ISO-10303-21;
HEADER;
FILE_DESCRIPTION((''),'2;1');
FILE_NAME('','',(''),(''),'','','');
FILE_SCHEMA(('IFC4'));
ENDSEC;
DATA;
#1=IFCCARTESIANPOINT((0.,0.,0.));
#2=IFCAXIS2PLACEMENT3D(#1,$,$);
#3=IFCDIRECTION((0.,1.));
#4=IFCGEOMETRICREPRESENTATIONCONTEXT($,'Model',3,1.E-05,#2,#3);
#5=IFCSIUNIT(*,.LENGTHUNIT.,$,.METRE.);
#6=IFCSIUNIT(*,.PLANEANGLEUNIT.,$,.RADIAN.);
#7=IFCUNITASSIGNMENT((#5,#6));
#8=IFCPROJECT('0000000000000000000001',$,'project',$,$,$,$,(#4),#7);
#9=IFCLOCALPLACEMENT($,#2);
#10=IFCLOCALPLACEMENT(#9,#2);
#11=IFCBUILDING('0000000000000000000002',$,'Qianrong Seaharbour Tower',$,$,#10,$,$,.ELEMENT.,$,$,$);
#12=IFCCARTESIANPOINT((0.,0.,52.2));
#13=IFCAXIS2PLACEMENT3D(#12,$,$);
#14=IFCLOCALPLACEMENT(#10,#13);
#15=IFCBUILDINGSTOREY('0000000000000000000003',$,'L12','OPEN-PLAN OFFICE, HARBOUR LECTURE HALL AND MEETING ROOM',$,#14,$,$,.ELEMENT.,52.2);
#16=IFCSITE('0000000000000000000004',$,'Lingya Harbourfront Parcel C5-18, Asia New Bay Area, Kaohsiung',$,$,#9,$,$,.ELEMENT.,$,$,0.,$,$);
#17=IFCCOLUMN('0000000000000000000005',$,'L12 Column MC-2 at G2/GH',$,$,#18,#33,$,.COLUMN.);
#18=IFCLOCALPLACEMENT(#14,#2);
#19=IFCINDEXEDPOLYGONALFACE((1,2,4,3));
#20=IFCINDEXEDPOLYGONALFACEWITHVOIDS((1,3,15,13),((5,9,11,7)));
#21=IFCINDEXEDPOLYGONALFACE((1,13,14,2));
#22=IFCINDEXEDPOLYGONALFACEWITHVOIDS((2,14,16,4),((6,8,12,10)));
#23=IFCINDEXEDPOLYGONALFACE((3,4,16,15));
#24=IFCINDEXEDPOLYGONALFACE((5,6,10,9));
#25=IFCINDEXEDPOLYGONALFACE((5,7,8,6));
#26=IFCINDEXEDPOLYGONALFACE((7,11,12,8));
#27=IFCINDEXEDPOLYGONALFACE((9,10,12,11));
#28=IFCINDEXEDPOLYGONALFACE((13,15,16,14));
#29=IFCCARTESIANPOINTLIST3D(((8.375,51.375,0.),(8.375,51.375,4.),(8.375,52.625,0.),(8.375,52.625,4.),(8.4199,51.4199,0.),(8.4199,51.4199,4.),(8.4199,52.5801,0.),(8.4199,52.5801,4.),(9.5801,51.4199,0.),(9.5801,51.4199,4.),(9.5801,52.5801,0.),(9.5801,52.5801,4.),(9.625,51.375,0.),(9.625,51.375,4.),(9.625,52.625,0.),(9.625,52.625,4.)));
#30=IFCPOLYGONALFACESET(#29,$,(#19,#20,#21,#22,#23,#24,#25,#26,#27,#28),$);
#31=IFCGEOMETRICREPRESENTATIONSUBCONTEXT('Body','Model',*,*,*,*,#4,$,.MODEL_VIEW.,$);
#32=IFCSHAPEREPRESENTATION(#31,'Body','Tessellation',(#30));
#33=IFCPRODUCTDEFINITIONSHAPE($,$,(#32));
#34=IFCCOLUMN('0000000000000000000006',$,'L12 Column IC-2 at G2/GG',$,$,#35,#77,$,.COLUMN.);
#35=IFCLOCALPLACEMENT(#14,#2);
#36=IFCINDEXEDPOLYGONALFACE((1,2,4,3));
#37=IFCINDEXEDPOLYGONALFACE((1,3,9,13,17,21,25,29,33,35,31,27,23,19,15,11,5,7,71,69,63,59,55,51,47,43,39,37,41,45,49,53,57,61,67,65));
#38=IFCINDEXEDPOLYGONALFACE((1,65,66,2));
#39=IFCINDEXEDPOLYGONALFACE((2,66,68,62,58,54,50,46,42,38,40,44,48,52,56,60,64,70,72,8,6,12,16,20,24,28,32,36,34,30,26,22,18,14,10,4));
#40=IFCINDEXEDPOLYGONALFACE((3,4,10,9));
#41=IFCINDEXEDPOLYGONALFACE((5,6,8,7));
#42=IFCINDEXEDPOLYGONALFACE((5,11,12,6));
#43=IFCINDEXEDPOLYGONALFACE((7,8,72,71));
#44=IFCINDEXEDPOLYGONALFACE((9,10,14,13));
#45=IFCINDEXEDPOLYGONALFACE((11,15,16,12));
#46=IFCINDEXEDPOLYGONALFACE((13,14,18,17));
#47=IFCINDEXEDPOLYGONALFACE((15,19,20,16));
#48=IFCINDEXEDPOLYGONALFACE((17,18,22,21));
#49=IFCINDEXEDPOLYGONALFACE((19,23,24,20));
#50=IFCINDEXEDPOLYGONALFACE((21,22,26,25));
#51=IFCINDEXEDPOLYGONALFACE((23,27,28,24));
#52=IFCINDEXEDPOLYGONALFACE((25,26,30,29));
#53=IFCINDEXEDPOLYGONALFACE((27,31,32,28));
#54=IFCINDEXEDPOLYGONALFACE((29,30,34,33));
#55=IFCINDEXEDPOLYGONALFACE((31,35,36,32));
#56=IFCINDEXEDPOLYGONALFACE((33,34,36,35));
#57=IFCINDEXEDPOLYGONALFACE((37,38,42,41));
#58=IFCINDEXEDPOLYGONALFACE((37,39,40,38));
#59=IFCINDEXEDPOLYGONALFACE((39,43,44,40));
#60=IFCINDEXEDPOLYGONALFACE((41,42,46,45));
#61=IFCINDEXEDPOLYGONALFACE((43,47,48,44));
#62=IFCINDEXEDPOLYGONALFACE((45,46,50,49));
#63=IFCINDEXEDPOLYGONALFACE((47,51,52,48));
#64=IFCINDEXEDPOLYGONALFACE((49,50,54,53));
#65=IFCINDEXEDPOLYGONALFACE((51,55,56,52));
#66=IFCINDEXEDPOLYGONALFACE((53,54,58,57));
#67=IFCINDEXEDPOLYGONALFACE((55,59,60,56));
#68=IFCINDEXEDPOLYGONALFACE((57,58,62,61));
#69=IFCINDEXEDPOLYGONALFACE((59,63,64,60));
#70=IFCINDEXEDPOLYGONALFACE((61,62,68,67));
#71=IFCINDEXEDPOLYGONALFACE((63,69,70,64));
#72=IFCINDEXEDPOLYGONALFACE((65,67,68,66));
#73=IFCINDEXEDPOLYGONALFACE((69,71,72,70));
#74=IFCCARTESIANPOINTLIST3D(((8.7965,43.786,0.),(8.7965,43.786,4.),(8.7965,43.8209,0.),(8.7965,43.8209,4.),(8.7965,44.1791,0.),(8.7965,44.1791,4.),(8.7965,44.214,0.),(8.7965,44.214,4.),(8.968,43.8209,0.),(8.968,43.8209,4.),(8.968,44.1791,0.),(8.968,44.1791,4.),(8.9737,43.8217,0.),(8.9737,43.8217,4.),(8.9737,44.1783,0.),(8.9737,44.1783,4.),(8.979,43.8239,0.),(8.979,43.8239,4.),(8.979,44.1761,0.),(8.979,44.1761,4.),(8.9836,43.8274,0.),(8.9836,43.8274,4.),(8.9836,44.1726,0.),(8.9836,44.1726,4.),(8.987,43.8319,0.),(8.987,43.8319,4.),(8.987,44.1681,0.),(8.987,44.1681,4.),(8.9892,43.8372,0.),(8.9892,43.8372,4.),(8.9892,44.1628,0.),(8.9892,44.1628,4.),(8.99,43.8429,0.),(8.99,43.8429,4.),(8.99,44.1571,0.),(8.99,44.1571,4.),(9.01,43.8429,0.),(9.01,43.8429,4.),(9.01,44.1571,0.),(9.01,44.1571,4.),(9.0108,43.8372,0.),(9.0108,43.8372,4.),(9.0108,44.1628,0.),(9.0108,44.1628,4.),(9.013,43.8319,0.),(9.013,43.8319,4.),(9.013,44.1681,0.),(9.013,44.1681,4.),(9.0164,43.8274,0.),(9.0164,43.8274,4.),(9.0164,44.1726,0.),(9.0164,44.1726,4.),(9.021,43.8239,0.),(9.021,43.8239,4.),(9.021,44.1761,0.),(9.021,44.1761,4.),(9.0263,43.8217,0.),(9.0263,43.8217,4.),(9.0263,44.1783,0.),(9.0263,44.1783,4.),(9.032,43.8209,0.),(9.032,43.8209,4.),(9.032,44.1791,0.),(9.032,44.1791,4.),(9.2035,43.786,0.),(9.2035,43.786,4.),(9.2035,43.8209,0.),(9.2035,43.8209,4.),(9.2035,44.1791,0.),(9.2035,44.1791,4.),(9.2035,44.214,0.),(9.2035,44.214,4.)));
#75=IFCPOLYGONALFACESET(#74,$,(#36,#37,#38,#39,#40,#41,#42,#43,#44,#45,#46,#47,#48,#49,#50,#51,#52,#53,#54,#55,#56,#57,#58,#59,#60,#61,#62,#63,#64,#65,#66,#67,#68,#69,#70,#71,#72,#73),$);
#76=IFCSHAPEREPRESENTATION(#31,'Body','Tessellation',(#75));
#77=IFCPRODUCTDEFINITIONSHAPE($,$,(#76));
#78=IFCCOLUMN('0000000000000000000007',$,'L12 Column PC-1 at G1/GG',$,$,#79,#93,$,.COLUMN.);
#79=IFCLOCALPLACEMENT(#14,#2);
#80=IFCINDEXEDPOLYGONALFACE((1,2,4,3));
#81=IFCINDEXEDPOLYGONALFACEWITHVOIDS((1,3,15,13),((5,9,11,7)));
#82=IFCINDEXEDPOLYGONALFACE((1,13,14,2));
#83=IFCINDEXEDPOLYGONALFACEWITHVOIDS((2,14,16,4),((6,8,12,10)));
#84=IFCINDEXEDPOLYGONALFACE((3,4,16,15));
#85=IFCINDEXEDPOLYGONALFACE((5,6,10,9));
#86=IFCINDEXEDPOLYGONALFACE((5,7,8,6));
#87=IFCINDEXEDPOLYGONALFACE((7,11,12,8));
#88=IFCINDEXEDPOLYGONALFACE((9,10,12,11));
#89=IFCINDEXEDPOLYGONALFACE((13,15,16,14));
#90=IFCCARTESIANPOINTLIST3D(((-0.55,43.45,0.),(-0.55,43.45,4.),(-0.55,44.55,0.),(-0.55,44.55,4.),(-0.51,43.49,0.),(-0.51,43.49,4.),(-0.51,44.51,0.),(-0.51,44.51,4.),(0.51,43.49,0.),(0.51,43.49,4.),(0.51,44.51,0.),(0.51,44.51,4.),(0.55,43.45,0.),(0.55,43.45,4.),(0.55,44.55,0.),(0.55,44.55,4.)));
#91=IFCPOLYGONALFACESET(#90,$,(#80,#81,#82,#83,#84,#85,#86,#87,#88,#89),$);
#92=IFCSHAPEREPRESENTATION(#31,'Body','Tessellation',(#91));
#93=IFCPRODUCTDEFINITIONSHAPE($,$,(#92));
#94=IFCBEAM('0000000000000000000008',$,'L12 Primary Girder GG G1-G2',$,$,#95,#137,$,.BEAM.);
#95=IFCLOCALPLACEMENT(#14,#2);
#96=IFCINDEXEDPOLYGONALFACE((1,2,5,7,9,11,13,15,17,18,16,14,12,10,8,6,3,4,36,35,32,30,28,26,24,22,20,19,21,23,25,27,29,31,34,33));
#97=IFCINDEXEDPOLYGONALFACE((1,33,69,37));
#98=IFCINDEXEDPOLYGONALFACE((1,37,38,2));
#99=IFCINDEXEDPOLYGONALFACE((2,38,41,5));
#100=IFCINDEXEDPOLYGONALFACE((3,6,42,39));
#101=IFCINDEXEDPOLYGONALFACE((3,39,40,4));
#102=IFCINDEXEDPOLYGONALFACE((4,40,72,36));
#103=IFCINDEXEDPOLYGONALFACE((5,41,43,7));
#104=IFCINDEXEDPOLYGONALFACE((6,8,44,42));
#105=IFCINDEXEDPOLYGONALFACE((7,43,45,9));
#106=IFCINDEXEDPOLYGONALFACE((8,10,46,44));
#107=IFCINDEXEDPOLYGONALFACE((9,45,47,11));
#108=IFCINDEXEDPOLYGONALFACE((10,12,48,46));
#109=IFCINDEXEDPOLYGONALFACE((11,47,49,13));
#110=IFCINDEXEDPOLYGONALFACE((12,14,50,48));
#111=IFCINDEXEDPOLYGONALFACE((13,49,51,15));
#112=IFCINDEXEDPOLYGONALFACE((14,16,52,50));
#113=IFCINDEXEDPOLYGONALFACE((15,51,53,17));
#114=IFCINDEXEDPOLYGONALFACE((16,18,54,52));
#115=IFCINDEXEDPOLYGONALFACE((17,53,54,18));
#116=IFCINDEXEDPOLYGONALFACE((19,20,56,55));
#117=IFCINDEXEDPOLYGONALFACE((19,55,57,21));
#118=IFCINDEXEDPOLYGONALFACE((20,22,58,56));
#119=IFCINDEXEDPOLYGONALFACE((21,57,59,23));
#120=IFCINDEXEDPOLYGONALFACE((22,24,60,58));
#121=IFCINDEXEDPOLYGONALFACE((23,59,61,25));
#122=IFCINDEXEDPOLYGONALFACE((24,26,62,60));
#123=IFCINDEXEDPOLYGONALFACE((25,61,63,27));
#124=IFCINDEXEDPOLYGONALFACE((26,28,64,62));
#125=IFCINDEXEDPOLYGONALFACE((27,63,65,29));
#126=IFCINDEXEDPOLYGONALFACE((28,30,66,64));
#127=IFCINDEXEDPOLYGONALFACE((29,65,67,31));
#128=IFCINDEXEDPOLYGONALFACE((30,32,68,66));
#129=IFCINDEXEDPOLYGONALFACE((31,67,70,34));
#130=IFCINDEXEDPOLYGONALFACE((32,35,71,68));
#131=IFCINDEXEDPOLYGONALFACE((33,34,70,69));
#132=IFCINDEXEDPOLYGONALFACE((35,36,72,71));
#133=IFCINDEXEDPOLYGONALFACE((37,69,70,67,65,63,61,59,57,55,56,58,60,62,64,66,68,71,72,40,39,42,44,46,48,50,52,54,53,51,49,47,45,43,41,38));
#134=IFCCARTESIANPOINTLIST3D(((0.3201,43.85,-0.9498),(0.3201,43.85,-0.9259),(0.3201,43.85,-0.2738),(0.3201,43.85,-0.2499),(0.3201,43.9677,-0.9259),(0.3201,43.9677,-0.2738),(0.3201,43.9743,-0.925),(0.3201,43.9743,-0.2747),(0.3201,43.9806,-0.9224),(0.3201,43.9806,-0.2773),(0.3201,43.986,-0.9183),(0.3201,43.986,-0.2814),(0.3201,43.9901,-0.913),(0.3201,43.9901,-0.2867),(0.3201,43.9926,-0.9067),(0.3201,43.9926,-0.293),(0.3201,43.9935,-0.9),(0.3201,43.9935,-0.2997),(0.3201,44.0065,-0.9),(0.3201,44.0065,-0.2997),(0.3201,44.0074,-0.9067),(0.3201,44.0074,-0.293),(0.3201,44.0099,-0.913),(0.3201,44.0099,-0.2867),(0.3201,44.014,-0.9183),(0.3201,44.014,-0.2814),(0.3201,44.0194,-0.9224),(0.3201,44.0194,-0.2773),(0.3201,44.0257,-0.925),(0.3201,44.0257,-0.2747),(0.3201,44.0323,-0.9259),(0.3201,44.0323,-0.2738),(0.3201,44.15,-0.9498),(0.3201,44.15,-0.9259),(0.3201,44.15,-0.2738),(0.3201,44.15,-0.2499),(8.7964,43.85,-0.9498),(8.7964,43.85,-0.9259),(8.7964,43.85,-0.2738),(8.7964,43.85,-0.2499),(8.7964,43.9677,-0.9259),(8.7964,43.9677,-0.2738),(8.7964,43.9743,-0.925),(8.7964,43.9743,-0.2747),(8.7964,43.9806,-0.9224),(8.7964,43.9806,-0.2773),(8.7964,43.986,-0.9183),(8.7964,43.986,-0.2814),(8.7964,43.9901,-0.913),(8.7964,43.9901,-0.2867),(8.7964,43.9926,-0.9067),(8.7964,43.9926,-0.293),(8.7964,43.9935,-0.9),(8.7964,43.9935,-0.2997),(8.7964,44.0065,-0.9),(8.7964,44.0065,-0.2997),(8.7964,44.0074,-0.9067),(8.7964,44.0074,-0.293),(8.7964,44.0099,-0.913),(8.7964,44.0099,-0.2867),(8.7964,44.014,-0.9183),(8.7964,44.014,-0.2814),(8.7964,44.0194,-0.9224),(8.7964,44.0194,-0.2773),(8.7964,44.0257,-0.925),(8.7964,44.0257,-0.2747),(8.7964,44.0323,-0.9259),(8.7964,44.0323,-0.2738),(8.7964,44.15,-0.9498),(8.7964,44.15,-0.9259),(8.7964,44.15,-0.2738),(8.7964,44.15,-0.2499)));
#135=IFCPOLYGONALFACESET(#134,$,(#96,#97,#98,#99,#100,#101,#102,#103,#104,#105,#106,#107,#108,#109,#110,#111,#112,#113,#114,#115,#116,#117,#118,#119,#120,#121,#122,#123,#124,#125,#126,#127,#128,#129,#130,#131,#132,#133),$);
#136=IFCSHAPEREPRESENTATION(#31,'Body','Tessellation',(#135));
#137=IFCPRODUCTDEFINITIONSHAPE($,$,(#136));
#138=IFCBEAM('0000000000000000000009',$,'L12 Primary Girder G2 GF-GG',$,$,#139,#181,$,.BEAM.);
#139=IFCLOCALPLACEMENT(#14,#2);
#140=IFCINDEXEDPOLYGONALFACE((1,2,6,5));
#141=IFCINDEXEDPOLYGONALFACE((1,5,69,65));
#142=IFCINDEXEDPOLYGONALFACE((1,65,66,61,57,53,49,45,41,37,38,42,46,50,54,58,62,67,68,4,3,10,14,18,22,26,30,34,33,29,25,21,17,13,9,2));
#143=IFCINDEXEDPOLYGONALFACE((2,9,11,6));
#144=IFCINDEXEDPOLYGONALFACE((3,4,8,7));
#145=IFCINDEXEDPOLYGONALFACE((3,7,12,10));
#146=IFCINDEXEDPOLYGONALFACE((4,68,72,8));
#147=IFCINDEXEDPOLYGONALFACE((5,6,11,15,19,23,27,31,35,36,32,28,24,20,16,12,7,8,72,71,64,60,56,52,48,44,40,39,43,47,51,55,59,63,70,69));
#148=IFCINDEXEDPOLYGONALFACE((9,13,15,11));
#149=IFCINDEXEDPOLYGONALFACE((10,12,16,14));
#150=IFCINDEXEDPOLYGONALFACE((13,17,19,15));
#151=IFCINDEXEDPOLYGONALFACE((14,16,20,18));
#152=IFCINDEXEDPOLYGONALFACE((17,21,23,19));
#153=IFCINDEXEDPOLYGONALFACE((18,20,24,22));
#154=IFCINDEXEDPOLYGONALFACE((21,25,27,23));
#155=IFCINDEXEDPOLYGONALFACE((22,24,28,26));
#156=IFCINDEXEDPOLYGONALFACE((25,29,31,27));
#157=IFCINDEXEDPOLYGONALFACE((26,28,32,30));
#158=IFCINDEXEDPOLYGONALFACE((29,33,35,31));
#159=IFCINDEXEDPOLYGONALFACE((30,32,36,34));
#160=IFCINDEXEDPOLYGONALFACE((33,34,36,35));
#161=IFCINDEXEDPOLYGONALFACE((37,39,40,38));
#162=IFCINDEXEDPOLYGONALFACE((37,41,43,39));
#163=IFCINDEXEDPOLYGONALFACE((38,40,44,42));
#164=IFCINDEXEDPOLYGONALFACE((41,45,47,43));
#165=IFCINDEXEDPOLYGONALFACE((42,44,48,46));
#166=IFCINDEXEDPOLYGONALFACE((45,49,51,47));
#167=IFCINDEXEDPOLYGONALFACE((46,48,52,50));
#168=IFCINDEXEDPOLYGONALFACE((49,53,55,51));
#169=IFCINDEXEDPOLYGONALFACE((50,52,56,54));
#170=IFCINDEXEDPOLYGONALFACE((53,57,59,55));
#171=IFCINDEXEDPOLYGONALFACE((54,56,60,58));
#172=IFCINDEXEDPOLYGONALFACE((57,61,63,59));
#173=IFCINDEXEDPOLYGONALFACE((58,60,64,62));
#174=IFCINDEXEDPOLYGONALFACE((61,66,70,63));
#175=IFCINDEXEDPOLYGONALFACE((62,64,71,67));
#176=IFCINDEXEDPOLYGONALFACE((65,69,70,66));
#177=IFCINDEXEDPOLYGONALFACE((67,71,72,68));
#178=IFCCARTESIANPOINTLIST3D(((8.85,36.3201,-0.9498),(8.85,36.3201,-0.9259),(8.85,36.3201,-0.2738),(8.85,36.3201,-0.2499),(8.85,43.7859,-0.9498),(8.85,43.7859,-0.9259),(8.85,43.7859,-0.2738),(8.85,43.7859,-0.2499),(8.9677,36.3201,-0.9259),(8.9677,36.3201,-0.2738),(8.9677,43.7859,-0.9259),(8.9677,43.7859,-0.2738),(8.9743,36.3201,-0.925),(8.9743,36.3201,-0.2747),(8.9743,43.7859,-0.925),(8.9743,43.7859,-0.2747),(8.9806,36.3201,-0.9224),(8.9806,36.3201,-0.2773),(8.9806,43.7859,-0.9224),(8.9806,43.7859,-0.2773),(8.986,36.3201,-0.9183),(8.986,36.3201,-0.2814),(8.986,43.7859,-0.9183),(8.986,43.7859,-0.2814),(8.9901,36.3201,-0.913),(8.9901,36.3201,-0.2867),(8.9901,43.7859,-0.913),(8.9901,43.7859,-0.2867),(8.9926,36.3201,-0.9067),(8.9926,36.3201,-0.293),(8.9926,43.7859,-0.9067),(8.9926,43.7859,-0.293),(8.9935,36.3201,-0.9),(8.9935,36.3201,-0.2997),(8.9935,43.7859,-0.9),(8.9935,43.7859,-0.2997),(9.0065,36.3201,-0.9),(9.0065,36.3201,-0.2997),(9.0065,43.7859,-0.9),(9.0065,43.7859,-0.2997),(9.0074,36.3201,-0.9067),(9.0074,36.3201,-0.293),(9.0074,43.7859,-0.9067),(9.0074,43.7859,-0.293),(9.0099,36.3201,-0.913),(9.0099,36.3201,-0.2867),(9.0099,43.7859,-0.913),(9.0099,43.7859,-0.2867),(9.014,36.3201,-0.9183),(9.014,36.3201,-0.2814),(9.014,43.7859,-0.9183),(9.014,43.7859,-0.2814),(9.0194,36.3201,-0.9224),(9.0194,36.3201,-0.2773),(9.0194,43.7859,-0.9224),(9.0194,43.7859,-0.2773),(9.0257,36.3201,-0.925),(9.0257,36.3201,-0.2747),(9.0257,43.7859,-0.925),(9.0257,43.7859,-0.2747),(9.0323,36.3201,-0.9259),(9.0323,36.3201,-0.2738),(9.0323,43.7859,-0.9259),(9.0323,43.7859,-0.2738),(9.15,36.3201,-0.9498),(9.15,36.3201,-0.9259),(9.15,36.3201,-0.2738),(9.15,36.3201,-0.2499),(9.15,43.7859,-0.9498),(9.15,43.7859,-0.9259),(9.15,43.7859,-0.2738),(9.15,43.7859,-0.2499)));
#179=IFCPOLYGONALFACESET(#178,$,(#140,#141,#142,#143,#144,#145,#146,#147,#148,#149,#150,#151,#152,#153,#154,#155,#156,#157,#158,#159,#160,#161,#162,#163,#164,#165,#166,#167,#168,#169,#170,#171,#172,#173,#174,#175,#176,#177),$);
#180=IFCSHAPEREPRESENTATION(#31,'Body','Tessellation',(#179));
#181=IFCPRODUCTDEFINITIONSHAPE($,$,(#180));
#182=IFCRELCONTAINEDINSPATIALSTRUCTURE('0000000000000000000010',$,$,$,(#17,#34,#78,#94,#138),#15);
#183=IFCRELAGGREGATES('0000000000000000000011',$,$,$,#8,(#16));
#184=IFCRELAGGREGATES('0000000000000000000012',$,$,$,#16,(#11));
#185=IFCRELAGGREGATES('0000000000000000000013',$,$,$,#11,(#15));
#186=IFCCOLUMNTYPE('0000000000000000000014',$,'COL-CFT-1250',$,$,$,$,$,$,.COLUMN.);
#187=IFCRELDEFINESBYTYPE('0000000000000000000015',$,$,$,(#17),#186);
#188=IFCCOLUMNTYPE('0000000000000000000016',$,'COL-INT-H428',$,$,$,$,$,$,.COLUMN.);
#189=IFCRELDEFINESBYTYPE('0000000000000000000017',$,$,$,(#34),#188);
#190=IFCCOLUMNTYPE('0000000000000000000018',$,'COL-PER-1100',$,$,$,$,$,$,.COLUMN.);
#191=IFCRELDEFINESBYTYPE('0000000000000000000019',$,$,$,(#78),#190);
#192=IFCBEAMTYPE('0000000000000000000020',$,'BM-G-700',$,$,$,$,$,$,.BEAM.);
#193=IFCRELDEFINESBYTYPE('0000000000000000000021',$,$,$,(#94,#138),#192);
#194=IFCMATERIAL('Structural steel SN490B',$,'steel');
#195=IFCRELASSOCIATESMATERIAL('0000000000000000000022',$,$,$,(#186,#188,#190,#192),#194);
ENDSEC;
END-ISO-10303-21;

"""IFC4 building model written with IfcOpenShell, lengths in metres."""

from ifc_helpers import new_model, si_unit, direction, frame, origin, origin_2d, place, context, subcontext, project, spatial, hollow_rectangle, i_section, extrude, material, material_profile, profile_set, type_object, element, save


model = new_model("IFC4")

# Units and contexts
model_context = context("Model", 3, precision=1e-05, world=origin(), true_north=direction((0.0, 1.0)))
body_context = subcontext(model_context, "Body", "Model", "MODEL_VIEW")
ifc_project = project(units=[si_unit("LENGTHUNIT", "METRE"), si_unit("PLANEANGLEUNIT", "RADIAN")], contexts=[model_context])

# Site, building, storey
site_placement = place(None, origin())
site = spatial("IfcSite", under=ifc_project, at=site_placement, Name="Lingya Harbourfront Parcel C5-18, Asia New Bay Area, Kaohsiung", CompositionType="ELEMENT", RefElevation=0.0)
building_placement = place(site_placement, origin())
building = spatial("IfcBuilding", under=site, at=building_placement, Name="Qianrong Seaharbour Tower", CompositionType="ELEMENT")
storey_placement = place(building_placement, frame((0.0, 0.0, 52.2)))
storey = spatial("IfcBuildingStorey", under=building, at=storey_placement, Name="L12", Description="OPEN-PLAN OFFICE, HARBOUR LECTURE HALL AND MEETING ROOM", CompositionType="ELEMENT", Elevation=52.2)

# Columns
ifc_material_1 = material(Name="Structural steel SN490B", Category="steel")
ifc_material_profile_1 = material_profile(ifc_material_1, hollow_rectangle(XDim=1.25, YDim=1.25, WallThickness=0.0449, at=origin_2d()), Name="BOX1250x1250x45")
ifc_profile_set_1 = profile_set([ifc_material_profile_1], Name="Structural steel SN490B")
column_type_1 = type_object("IfcColumnType", Name="COL-CFT-1250", PredefinedType="COLUMN", material=ifc_profile_set_1)
column_1_placement = place(storey_placement, frame((9.0, 52.0, 0.0), z_axis=(0.0, 0.0, 1.0), x_axis=(1.0, 0.0, 0.0)))
element("IfcColumn", 1, at=column_1_placement, inside=storey, type_object=column_type_1, Name="L12 Column MC-2 at G2/GH", PredefinedType="COLUMN", context=body_context, shape_type="SweptSolid", body=[
    extrude(hollow_rectangle(XDim=1.25, YDim=1.25, WallThickness=0.0449, at=origin_2d()), origin(), (0.0, 0.0, 1.0), 4.0),
])
ifc_material_profile_2 = material_profile(ifc_material_1, i_section(OverallWidth=0.407, OverallDepth=0.428, WebThickness=0.02, FlangeThickness=0.0349, FilletRadius=0.022, at=origin_2d()), Name="H428x407x20x35")
ifc_profile_set_2 = profile_set([ifc_material_profile_2], Name="Structural steel SN490B")
column_type_2 = type_object("IfcColumnType", Name="COL-INT-H428", PredefinedType="COLUMN", material=ifc_profile_set_2)
column_2_placement = place(storey_placement, frame((9.0, 44.0, 0.0), z_axis=(0.0, 0.0, 1.0), x_axis=(1.0, 0.0, 0.0)))
element("IfcColumn", 2, at=column_2_placement, inside=storey, type_object=column_type_2, Name="L12 Column IC-2 at G2/GG", PredefinedType="COLUMN", context=body_context, shape_type="SweptSolid", body=[
    extrude(i_section(OverallWidth=0.407, OverallDepth=0.428, WebThickness=0.02, FlangeThickness=0.0349, FilletRadius=0.022, at=origin_2d()), origin(), (0.0, 0.0, 1.0), 4.0),
])
ifc_material_profile_3 = material_profile(ifc_material_1, hollow_rectangle(XDim=1.1001, YDim=1.1001, WallThickness=0.04, at=origin_2d()), Name="BOX1100x1100x40")
ifc_profile_set_3 = profile_set([ifc_material_profile_3], Name="Structural steel SN490B")
column_type_3 = type_object("IfcColumnType", Name="COL-PER-1100", PredefinedType="COLUMN", material=ifc_profile_set_3)
column_3_placement = place(storey_placement, frame((0.0, 44.0, 0.0), z_axis=(0.0, 0.0, 1.0), x_axis=(1.0, 0.0, 0.0)))
element("IfcColumn", 3, at=column_3_placement, inside=storey, type_object=column_type_3, Name="L12 Column PC-1 at G1/GG", PredefinedType="COLUMN", context=body_context, shape_type="SweptSolid", body=[
    extrude(hollow_rectangle(XDim=1.1001, YDim=1.1001, WallThickness=0.04, at=origin_2d()), origin(), (0.0, 0.0, 1.0), 4.0),
])

# Beams
ifc_material_profile_4 = material_profile(ifc_material_1, i_section(OverallWidth=0.3, OverallDepth=0.7, WebThickness=0.0129, FlangeThickness=0.0239, FilletRadius=0.0259, at=origin_2d()), Name="H700x300x13x24")
ifc_profile_set_4 = profile_set([ifc_material_profile_4], Name="Structural steel SN490B")
beam_type_1 = type_object("IfcBeamType", Name="BM-G-700", PredefinedType="BEAM", material=ifc_profile_set_4)
beam_1_placement = place(storey_placement, frame((0.3201, 44.0, -0.5999), z_axis=(1.0, 0.0, 0.0), x_axis=(0.0, 1.0, 0.0)))
element("IfcBeam", 4, at=beam_1_placement, inside=storey, type_object=beam_type_1, Name="L12 Primary Girder GG G1-G2", PredefinedType="BEAM", context=body_context, shape_type="SweptSolid", body=[
    extrude(i_section(OverallWidth=0.3, OverallDepth=0.7, WebThickness=0.0129, FlangeThickness=0.0239, FilletRadius=0.0259, at=origin_2d()), origin(), (0.0, 0.0, 1.0), 8.4763),
])
for number, where, z_axis, x_axis, name in (
    (5, (9.0, 36.3201, -0.5999), (0.0, 1.0, 0.0), (-1.0, 0.0, 0.0), "L12 Primary Girder G2 GF-GG"),
):
    element("IfcBeam", number, at=place(storey_placement, frame(where, z_axis=z_axis, x_axis=x_axis)), inside=storey, type_object=beam_type_1, Name=name, PredefinedType="BEAM", context=body_context, shape_type="SweptSolid", body=[
        extrude(i_section(OverallWidth=0.3, OverallDepth=0.7, WebThickness=0.0129, FlangeThickness=0.0239, FilletRadius=0.0259, at=origin_2d()), origin(), (0.0, 0.0, 1.0), 7.4658),
    ])

save(model, "model.ifc")
